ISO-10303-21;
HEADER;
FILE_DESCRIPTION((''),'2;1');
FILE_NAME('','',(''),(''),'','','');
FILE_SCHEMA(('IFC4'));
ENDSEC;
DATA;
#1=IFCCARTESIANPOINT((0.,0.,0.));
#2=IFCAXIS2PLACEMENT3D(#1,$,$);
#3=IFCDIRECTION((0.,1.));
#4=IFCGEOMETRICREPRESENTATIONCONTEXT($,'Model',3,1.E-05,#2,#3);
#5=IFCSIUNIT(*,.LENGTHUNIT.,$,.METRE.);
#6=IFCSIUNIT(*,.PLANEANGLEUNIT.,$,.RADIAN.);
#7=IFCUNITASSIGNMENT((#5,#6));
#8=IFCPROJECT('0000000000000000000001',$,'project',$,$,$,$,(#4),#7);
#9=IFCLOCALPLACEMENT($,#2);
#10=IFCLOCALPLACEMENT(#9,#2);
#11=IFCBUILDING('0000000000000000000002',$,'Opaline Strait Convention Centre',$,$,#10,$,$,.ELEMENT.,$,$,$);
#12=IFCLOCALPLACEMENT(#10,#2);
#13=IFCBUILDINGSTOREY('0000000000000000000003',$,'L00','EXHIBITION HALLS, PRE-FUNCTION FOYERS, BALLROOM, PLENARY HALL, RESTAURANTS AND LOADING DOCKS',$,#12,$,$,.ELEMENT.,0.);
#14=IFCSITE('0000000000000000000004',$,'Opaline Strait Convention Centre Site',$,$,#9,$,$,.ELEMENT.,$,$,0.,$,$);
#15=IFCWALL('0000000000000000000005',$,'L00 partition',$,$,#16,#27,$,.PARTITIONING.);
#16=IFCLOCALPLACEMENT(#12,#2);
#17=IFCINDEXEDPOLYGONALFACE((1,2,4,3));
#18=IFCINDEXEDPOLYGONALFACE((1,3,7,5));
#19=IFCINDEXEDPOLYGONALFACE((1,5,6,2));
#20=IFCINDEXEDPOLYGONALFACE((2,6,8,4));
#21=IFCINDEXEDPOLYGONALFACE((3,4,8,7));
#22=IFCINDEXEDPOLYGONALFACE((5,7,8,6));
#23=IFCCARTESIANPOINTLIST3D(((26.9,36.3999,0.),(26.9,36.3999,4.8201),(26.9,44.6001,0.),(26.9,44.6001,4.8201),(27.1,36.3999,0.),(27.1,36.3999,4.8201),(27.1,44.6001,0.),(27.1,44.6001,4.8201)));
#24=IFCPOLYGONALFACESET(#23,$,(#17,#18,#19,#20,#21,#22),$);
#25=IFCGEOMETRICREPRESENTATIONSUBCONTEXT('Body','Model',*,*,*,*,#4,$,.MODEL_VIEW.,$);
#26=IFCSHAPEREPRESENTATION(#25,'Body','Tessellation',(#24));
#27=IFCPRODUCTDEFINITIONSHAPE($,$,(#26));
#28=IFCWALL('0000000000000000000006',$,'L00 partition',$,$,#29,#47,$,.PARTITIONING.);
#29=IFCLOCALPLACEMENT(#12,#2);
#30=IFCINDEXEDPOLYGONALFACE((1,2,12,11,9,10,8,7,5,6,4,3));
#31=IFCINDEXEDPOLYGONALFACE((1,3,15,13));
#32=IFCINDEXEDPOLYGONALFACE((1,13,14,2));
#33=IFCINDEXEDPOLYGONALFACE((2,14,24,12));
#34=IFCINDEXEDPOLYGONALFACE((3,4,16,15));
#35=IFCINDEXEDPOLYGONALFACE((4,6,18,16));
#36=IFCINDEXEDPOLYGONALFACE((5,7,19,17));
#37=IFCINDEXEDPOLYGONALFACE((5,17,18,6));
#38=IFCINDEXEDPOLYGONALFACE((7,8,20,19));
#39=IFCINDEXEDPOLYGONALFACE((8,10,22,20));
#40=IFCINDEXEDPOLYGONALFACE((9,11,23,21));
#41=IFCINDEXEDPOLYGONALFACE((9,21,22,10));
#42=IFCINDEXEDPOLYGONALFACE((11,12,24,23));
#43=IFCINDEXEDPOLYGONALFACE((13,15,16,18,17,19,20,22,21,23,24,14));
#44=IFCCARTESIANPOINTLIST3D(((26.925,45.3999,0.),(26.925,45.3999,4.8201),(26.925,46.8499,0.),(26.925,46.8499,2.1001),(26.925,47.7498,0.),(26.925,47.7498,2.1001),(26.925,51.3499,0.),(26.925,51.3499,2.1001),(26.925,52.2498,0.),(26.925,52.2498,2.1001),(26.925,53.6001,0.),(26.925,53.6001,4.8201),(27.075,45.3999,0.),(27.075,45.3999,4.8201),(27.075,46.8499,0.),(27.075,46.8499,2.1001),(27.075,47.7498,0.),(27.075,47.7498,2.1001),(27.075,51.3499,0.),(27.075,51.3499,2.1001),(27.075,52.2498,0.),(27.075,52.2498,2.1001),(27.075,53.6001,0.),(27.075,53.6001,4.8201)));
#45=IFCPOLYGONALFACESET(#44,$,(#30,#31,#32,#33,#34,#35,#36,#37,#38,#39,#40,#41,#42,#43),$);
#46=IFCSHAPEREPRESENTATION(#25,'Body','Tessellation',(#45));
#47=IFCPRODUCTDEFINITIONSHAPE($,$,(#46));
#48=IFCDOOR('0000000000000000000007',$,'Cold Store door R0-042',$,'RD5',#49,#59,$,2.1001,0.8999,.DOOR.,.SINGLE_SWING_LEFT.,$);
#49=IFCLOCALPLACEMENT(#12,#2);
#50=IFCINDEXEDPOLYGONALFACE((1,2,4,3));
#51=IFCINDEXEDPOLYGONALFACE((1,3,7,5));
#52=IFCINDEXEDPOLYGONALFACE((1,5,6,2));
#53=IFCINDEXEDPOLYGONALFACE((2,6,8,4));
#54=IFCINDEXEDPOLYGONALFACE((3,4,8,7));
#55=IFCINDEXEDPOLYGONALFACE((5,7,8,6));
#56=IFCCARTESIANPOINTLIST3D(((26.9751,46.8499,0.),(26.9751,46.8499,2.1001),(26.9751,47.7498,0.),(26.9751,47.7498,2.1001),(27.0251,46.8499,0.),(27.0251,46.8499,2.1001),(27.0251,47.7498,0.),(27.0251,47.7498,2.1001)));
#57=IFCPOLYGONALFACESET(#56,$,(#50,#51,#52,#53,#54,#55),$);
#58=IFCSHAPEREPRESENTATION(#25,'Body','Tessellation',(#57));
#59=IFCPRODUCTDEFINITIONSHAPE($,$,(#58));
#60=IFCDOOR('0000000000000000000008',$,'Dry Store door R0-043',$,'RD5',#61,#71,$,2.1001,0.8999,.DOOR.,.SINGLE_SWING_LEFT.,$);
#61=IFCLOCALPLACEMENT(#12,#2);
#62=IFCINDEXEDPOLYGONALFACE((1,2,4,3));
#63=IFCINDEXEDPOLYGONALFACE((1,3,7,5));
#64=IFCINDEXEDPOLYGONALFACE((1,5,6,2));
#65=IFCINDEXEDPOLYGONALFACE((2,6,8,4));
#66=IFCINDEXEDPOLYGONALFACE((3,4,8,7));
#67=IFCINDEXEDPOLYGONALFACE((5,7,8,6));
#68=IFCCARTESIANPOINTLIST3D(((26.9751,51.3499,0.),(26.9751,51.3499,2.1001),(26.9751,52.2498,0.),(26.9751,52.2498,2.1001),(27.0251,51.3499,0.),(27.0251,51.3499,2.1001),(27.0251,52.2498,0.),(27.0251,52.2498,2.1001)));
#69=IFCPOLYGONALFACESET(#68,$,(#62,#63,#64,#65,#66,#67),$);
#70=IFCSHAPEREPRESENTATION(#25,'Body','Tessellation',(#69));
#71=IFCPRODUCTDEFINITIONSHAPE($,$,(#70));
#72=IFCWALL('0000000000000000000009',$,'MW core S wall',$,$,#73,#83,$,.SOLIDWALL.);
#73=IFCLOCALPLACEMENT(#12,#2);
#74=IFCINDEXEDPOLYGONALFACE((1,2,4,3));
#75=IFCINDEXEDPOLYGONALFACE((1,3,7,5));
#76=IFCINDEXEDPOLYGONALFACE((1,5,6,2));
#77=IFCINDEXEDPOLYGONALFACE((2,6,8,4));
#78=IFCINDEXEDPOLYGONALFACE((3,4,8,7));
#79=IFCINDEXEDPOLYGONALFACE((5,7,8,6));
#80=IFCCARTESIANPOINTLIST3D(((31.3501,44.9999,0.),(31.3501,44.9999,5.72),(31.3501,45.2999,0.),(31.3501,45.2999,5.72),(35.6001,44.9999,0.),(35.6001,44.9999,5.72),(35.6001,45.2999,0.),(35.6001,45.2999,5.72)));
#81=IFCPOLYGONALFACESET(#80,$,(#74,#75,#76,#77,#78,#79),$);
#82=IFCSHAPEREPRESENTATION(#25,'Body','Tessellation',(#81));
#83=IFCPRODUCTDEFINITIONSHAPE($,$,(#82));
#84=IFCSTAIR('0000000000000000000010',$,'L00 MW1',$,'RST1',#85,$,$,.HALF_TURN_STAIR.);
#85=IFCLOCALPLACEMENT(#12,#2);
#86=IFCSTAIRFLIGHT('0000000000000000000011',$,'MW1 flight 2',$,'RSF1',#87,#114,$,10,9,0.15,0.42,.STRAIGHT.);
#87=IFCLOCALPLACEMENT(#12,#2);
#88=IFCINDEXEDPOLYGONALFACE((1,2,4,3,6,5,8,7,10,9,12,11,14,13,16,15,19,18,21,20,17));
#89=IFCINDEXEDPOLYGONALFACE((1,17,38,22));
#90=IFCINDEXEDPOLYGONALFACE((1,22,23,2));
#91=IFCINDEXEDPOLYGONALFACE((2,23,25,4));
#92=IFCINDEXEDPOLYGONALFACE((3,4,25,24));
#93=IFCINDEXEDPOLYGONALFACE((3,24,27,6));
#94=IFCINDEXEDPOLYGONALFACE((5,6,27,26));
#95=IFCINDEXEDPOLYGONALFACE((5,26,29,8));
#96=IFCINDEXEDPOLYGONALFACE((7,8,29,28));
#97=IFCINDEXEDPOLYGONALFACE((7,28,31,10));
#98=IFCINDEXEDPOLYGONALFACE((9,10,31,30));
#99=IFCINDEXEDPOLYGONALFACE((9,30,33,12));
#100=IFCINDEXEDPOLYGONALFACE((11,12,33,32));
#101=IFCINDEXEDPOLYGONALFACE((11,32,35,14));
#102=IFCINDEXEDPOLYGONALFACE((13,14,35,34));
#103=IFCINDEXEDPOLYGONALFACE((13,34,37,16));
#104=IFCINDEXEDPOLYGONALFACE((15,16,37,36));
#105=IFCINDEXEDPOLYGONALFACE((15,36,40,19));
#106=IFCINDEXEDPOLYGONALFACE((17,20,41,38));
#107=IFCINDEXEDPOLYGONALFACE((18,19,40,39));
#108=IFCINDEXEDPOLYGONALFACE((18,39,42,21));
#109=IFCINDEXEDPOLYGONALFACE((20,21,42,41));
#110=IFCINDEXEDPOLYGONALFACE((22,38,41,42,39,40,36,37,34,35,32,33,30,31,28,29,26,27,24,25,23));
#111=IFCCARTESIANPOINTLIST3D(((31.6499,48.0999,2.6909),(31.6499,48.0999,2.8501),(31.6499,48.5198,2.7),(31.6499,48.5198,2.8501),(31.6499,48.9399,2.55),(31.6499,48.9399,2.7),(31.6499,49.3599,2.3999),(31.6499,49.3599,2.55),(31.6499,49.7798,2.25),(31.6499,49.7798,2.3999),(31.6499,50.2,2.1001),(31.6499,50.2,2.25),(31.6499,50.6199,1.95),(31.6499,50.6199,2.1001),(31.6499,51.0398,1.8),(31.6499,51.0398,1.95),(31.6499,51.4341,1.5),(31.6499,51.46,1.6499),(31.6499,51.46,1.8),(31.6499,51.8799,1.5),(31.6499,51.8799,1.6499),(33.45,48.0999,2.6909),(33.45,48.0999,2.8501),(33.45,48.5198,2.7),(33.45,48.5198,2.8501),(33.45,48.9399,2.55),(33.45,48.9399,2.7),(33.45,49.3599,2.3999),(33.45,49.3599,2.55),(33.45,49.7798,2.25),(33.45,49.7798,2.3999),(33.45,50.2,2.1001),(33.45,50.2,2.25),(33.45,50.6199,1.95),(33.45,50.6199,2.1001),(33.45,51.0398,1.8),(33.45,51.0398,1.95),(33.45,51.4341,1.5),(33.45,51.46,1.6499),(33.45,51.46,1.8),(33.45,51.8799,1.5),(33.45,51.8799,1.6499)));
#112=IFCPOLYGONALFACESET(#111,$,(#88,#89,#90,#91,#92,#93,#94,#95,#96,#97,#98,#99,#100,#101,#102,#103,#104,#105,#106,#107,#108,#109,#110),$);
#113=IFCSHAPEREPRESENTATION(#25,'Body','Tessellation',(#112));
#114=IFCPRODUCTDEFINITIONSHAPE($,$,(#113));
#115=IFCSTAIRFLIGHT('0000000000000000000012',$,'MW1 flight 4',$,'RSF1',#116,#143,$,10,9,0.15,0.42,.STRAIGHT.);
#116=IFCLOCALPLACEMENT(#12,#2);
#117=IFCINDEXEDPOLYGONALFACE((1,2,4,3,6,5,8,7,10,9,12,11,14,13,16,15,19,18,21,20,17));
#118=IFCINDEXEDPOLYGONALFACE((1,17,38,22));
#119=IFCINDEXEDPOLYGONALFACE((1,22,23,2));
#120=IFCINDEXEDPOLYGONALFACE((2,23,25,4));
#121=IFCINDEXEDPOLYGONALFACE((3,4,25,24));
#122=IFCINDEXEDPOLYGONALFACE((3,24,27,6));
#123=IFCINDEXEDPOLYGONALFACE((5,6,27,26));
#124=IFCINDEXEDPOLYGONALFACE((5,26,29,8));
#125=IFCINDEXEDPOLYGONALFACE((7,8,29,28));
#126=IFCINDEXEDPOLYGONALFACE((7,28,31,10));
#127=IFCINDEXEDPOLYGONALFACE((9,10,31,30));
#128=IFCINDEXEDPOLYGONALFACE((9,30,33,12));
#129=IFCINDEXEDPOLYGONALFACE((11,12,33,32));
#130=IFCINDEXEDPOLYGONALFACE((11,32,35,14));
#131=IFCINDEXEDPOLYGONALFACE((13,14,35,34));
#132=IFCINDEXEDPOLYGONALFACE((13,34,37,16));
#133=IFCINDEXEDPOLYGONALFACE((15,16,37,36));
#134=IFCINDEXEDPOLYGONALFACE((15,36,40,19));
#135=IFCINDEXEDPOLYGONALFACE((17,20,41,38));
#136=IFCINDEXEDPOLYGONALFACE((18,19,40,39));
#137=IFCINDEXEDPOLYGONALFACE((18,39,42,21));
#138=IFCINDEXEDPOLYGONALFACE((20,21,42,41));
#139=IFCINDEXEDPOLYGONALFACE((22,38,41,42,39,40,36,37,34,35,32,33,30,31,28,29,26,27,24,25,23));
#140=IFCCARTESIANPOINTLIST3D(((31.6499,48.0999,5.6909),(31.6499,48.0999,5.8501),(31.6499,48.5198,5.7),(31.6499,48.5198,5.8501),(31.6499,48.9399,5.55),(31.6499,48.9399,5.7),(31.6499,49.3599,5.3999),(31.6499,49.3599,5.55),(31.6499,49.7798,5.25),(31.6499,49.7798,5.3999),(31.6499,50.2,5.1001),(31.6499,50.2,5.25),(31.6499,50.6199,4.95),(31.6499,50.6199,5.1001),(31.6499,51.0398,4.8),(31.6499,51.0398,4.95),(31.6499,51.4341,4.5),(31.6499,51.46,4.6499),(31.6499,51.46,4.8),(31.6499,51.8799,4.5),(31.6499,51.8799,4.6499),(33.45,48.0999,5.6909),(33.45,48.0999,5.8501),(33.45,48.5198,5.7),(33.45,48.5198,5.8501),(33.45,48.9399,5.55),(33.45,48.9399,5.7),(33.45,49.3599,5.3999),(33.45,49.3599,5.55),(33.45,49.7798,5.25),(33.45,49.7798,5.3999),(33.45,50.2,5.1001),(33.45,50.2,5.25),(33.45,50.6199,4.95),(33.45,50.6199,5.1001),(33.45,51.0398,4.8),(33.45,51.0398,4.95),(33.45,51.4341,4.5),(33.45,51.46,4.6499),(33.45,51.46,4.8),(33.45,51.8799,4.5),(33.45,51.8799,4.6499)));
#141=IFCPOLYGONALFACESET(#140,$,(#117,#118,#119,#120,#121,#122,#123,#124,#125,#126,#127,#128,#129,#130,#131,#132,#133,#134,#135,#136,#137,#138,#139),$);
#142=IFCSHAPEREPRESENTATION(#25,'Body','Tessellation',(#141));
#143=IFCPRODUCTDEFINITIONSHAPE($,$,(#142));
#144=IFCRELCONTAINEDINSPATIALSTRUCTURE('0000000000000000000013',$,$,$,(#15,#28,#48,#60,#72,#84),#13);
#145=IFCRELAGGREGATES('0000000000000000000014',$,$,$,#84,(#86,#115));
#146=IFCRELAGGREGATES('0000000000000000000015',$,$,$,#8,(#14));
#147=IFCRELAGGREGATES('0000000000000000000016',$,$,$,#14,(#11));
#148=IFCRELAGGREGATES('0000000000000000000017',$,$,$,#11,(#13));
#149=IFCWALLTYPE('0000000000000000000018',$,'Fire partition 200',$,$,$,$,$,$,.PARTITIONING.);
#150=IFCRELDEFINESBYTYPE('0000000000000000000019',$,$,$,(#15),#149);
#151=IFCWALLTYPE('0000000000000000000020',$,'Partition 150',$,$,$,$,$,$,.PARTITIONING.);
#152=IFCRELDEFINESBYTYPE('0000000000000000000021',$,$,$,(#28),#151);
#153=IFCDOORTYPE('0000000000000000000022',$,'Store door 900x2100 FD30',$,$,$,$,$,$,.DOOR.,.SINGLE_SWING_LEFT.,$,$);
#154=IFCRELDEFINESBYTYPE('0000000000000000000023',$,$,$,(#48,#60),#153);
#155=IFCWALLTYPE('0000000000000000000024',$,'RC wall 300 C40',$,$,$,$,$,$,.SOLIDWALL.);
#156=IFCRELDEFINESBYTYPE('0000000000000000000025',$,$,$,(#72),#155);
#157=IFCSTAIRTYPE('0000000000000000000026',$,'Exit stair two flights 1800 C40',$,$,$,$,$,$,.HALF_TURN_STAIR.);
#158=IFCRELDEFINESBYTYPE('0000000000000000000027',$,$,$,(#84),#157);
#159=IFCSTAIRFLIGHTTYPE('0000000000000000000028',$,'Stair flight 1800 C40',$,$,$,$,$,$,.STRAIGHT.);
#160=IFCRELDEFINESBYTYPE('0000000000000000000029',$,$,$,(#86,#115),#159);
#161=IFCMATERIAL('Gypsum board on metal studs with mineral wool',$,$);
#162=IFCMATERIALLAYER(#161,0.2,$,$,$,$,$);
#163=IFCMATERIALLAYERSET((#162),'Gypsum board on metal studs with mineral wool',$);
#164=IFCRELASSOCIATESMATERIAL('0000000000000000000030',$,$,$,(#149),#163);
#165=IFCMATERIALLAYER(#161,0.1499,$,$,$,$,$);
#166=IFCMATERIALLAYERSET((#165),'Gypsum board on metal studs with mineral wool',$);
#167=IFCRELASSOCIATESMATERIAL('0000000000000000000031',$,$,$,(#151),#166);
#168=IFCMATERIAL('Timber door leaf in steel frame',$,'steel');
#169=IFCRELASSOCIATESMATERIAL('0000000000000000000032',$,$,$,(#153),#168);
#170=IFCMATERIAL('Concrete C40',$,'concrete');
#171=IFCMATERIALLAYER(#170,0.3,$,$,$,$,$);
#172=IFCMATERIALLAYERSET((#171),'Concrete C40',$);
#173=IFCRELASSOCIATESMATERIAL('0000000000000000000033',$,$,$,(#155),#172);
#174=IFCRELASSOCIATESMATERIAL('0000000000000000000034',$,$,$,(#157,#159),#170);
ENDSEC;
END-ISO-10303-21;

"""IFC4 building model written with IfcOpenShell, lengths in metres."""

from ifc_helpers import new_model, si_unit, direction, frame, frame_2d, origin, place, context, subcontext, project, spatial, polyline, rectangle, outline, extrude, material, layer, layer_set, type_object, element, fill, aggregate, save


model = new_model("IFC4")

# Units and contexts
model_context = context("Model", 3, precision=1e-05, world=origin(), true_north=direction((0.0, 1.0)))
body_context = subcontext(model_context, "Body", "Model", "MODEL_VIEW")
ifc_project = project(units=[si_unit("LENGTHUNIT", "METRE"), si_unit("PLANEANGLEUNIT", "RADIAN")], contexts=[model_context])

# Site, building, storey
site_placement = place(None, origin())
site = spatial("IfcSite", under=ifc_project, at=site_placement, Name="Opaline Strait Convention Centre Site", CompositionType="ELEMENT", RefElevation=0.0)
building_placement = place(site_placement, origin())
building = spatial("IfcBuilding", under=site, at=building_placement, Name="Opaline Strait Convention Centre", CompositionType="ELEMENT")
storey_placement = place(building_placement, origin())
storey = spatial("IfcBuildingStorey", under=building, at=storey_placement, Name="L00", Description="EXHIBITION HALLS, PRE-FUNCTION FOYERS, BALLROOM, PLENARY HALL, RESTAURANTS AND LOADING DOCKS", CompositionType="ELEMENT", Elevation=0.0)

# Shared definitions
ifc_material_1 = material(Name="Concrete C40", Category="concrete")

# Wall
ifc_material_2 = material(Name="Gypsum board on metal studs with mineral wool")
ifc_layer_1 = layer(ifc_material_2, 0.2)
ifc_layer_set_1 = layer_set([ifc_layer_1], Name="Gypsum board on metal studs with mineral wool")
wall_type_1 = type_object("IfcWallType", Name="Fire partition 200", PredefinedType="PARTITIONING", material=ifc_layer_set_1)
wall_1_placement = place(storey_placement, frame((27.0, 36.3999, 0.0), z_axis=(0.0, 0.0, 1.0), x_axis=(0.0, 1.0, 0.0)))
element("IfcWall", 1, at=wall_1_placement, inside=storey, type_object=wall_type_1, Name="L00 partition", PredefinedType="PARTITIONING", context=body_context, shape_type="SweptSolid", body=[
    extrude(rectangle(XDim=8.2002, YDim=0.2, at=frame_2d((4.1001, 0.0))), origin(), (0.0, 0.0, 1.0), 4.8201),
])

# Wall, openings, doors
ifc_layer_2 = layer(ifc_material_2, 0.1499)
ifc_layer_set_2 = layer_set([ifc_layer_2], Name="Gypsum board on metal studs with mineral wool")
wall_type_2 = type_object("IfcWallType", Name="Partition 150", PredefinedType="PARTITIONING", material=ifc_layer_set_2)
wall_2_placement = place(storey_placement, frame((27.0, 45.3999, 0.0), z_axis=(0.0, 0.0, 1.0), x_axis=(0.0, 1.0, 0.0)))
wall_2 = element("IfcWall", 2, at=wall_2_placement, inside=storey, type_object=wall_type_2, Name="L00 partition", PredefinedType="PARTITIONING", context=body_context, shape_type="SweptSolid", body=[
    extrude(rectangle(XDim=8.2002, YDim=0.1499, at=frame_2d((4.1001, 0.0))), origin(), (0.0, 0.0, 1.0), 4.8201),
])
opening_1_placement = place(wall_2_placement, frame((1.45, 0.0, 0.0)))
opening_1 = element("IfcOpeningElement", 3, at=opening_1_placement, cuts=wall_2, PredefinedType="OPENING", context=body_context, shape_type="SweptSolid", body=[
    extrude(rectangle(XDim=0.8999, YDim=2.1001, at=frame_2d((0.45, 1.05))), frame((0.0, 0.085, 0.0), z_axis=(0.0, -1.0, 0.0), x_axis=(1.0, 0.0, 0.0)), (0.0, 0.0, 1.0), 0.1699),
])
opening_2_placement = place(wall_2_placement, frame((5.95, 0.0, 0.0)))
opening_2 = element("IfcOpeningElement", 4, at=opening_2_placement, cuts=wall_2, PredefinedType="OPENING", context=body_context, shape_type="SweptSolid", body=[
    extrude(rectangle(XDim=0.8999, YDim=2.1001, at=frame_2d((0.45, 1.05))), frame((0.0, 0.085, 0.0), z_axis=(0.0, -1.0, 0.0), x_axis=(1.0, 0.0, 0.0)), (0.0, 0.0, 1.0), 0.1699),
])
ifc_material_3 = material(Name="Timber door leaf in steel frame", Category="steel")
door_type_1 = type_object("IfcDoorType", Name="Store door 900x2100 FD30", OperationType="SINGLE_SWING_LEFT", PredefinedType="DOOR", material=ifc_material_3)
door_1_placement = place(opening_1_placement, origin())
door_1 = element("IfcDoor", 5, at=door_1_placement, inside=storey, type_object=door_type_1, Name="Cold Store door R0-042", ObjectType="RD5", OperationType="SINGLE_SWING_LEFT", OverallHeight=2.1001, OverallWidth=0.8999, PredefinedType="DOOR", context=body_context, shape_type="SweptSolid", body=[
    extrude(rectangle(XDim=0.8999, YDim=2.1001, at=frame_2d((0.45, 1.05))), frame((0.0, 0.0249, 0.0), z_axis=(0.0, -1.0, 0.0), x_axis=(1.0, 0.0, 0.0)), (0.0, 0.0, 1.0), 0.05),
])
fill(opening_1, door_1)
door_2_placement = place(opening_2_placement, origin())
door_2 = element("IfcDoor", 6, at=door_2_placement, inside=storey, type_object=door_type_1, Name="Dry Store door R0-043", ObjectType="RD5", OperationType="SINGLE_SWING_LEFT", OverallHeight=2.1001, OverallWidth=0.8999, PredefinedType="DOOR", context=body_context, shape_type="SweptSolid", body=[
    extrude(rectangle(XDim=0.8999, YDim=2.1001, at=frame_2d((0.45, 1.05))), frame((0.0, 0.0249, 0.0), z_axis=(0.0, -1.0, 0.0), x_axis=(1.0, 0.0, 0.0)), (0.0, 0.0, 1.0), 0.05),
])
fill(opening_2, door_2)
ifc_layer_3 = layer(ifc_material_1, 0.3)
ifc_layer_set_3 = layer_set([ifc_layer_3], Name="Concrete C40")
wall_type_3 = type_object("IfcWallType", Name="RC wall 300 C40", PredefinedType="SOLIDWALL", material=ifc_layer_set_3)

# Wall
wall_3_placement = place(storey_placement, frame((31.3501, 45.1499, 0.0), z_axis=(0.0, 0.0, 1.0), x_axis=(1.0, 0.0, 0.0)))
element("IfcWall", 7, at=wall_3_placement, inside=storey, type_object=wall_type_3, Name="MW core S wall", PredefinedType="SOLIDWALL", context=body_context, shape_type="SweptSolid", body=[
    extrude(rectangle(XDim=4.25, YDim=0.3, at=frame_2d((2.125, 0.0))), origin(), (0.0, 0.0, 1.0), 5.72),
])

# Stair, stair flights
stair_type = type_object("IfcStairType", Name="Exit stair two flights 1800 C40", PredefinedType="HALF_TURN_STAIR", material=ifc_material_1)
stair_placement = place(storey_placement, origin())
stair = element("IfcStair", 8, at=stair_placement, inside=storey, type_object=stair_type, Name="L00 MW1", ObjectType="RST1", PredefinedType="HALF_TURN_STAIR")
stair_flight_type = type_object("IfcStairFlightType", Name="Stair flight 1800 C40", PredefinedType="STRAIGHT", material=ifc_material_1)
stair_flight_1_placement = place(storey_placement, frame((32.55, 51.8799, 1.5), z_axis=(0.0, 0.0, 1.0), x_axis=(0.0, -1.0, 0.0)))
stair_flight_1 = element("IfcStairFlight", 9, at=stair_flight_1_placement, type_object=stair_flight_type, Name="MW1 flight 2", ObjectType="RSF1", NumberOfRisers=10, NumberOfTreads=9, PredefinedType="STRAIGHT", RiserHeight=0.15, TreadLength=0.42, context=body_context, shape_type="SweptSolid", body=[
    extrude(outline(polyline([(0.0, 0.0), (0.0, 0.1499), (0.4199, 0.1499), (0.4199, 0.3), (0.8401, 0.3), (0.8401, 0.45), (1.26, 0.45), (1.26, 0.6001), (1.6799, 0.6001), (1.6799, 0.75), (2.1001, 0.75), (2.1001, 0.8999), (2.52, 0.8999), (2.52, 1.05), (2.9399, 1.05), (2.9399, 1.2), (3.3601, 1.2), (3.3601, 1.3501), (3.78, 1.3501), (3.78, 1.5), (3.78, 1.1909), (0.4458, 0.0), (0.0, 0.0)])), frame((0.0, 0.8999, 0.0), z_axis=(0.0, -1.0, 0.0), x_axis=(1.0, 0.0, 0.0)), (0.0, 0.0, 1.0), 1.8),
])
stair_flight_2_placement = place(storey_placement, frame((32.55, 51.8799, 4.5), z_axis=(0.0, 0.0, 1.0), x_axis=(0.0, -1.0, 0.0)))
stair_flight_2 = element("IfcStairFlight", 10, at=stair_flight_2_placement, type_object=stair_flight_type, Name="MW1 flight 4", ObjectType="RSF1", NumberOfRisers=10, NumberOfTreads=9, PredefinedType="STRAIGHT", RiserHeight=0.15, TreadLength=0.42, context=body_context, shape_type="SweptSolid", body=[
    extrude(outline(polyline([(0.0, 0.0), (0.0, 0.1499), (0.4199, 0.1499), (0.4199, 0.3), (0.8401, 0.3), (0.8401, 0.45), (1.26, 0.45), (1.26, 0.6001), (1.6799, 0.6001), (1.6799, 0.75), (2.1001, 0.75), (2.1001, 0.8999), (2.52, 0.8999), (2.52, 1.05), (2.9399, 1.05), (2.9399, 1.2), (3.3601, 1.2), (3.3601, 1.3501), (3.78, 1.3501), (3.78, 1.5), (3.78, 1.1909), (0.4458, 0.0), (0.0, 0.0)])), frame((0.0, 0.8999, 0.0), z_axis=(0.0, -1.0, 0.0), x_axis=(1.0, 0.0, 0.0)), (0.0, 0.0, 1.0), 1.8),
])
aggregate(stair, [stair_flight_1, stair_flight_2])

save(model, "model.ifc")
